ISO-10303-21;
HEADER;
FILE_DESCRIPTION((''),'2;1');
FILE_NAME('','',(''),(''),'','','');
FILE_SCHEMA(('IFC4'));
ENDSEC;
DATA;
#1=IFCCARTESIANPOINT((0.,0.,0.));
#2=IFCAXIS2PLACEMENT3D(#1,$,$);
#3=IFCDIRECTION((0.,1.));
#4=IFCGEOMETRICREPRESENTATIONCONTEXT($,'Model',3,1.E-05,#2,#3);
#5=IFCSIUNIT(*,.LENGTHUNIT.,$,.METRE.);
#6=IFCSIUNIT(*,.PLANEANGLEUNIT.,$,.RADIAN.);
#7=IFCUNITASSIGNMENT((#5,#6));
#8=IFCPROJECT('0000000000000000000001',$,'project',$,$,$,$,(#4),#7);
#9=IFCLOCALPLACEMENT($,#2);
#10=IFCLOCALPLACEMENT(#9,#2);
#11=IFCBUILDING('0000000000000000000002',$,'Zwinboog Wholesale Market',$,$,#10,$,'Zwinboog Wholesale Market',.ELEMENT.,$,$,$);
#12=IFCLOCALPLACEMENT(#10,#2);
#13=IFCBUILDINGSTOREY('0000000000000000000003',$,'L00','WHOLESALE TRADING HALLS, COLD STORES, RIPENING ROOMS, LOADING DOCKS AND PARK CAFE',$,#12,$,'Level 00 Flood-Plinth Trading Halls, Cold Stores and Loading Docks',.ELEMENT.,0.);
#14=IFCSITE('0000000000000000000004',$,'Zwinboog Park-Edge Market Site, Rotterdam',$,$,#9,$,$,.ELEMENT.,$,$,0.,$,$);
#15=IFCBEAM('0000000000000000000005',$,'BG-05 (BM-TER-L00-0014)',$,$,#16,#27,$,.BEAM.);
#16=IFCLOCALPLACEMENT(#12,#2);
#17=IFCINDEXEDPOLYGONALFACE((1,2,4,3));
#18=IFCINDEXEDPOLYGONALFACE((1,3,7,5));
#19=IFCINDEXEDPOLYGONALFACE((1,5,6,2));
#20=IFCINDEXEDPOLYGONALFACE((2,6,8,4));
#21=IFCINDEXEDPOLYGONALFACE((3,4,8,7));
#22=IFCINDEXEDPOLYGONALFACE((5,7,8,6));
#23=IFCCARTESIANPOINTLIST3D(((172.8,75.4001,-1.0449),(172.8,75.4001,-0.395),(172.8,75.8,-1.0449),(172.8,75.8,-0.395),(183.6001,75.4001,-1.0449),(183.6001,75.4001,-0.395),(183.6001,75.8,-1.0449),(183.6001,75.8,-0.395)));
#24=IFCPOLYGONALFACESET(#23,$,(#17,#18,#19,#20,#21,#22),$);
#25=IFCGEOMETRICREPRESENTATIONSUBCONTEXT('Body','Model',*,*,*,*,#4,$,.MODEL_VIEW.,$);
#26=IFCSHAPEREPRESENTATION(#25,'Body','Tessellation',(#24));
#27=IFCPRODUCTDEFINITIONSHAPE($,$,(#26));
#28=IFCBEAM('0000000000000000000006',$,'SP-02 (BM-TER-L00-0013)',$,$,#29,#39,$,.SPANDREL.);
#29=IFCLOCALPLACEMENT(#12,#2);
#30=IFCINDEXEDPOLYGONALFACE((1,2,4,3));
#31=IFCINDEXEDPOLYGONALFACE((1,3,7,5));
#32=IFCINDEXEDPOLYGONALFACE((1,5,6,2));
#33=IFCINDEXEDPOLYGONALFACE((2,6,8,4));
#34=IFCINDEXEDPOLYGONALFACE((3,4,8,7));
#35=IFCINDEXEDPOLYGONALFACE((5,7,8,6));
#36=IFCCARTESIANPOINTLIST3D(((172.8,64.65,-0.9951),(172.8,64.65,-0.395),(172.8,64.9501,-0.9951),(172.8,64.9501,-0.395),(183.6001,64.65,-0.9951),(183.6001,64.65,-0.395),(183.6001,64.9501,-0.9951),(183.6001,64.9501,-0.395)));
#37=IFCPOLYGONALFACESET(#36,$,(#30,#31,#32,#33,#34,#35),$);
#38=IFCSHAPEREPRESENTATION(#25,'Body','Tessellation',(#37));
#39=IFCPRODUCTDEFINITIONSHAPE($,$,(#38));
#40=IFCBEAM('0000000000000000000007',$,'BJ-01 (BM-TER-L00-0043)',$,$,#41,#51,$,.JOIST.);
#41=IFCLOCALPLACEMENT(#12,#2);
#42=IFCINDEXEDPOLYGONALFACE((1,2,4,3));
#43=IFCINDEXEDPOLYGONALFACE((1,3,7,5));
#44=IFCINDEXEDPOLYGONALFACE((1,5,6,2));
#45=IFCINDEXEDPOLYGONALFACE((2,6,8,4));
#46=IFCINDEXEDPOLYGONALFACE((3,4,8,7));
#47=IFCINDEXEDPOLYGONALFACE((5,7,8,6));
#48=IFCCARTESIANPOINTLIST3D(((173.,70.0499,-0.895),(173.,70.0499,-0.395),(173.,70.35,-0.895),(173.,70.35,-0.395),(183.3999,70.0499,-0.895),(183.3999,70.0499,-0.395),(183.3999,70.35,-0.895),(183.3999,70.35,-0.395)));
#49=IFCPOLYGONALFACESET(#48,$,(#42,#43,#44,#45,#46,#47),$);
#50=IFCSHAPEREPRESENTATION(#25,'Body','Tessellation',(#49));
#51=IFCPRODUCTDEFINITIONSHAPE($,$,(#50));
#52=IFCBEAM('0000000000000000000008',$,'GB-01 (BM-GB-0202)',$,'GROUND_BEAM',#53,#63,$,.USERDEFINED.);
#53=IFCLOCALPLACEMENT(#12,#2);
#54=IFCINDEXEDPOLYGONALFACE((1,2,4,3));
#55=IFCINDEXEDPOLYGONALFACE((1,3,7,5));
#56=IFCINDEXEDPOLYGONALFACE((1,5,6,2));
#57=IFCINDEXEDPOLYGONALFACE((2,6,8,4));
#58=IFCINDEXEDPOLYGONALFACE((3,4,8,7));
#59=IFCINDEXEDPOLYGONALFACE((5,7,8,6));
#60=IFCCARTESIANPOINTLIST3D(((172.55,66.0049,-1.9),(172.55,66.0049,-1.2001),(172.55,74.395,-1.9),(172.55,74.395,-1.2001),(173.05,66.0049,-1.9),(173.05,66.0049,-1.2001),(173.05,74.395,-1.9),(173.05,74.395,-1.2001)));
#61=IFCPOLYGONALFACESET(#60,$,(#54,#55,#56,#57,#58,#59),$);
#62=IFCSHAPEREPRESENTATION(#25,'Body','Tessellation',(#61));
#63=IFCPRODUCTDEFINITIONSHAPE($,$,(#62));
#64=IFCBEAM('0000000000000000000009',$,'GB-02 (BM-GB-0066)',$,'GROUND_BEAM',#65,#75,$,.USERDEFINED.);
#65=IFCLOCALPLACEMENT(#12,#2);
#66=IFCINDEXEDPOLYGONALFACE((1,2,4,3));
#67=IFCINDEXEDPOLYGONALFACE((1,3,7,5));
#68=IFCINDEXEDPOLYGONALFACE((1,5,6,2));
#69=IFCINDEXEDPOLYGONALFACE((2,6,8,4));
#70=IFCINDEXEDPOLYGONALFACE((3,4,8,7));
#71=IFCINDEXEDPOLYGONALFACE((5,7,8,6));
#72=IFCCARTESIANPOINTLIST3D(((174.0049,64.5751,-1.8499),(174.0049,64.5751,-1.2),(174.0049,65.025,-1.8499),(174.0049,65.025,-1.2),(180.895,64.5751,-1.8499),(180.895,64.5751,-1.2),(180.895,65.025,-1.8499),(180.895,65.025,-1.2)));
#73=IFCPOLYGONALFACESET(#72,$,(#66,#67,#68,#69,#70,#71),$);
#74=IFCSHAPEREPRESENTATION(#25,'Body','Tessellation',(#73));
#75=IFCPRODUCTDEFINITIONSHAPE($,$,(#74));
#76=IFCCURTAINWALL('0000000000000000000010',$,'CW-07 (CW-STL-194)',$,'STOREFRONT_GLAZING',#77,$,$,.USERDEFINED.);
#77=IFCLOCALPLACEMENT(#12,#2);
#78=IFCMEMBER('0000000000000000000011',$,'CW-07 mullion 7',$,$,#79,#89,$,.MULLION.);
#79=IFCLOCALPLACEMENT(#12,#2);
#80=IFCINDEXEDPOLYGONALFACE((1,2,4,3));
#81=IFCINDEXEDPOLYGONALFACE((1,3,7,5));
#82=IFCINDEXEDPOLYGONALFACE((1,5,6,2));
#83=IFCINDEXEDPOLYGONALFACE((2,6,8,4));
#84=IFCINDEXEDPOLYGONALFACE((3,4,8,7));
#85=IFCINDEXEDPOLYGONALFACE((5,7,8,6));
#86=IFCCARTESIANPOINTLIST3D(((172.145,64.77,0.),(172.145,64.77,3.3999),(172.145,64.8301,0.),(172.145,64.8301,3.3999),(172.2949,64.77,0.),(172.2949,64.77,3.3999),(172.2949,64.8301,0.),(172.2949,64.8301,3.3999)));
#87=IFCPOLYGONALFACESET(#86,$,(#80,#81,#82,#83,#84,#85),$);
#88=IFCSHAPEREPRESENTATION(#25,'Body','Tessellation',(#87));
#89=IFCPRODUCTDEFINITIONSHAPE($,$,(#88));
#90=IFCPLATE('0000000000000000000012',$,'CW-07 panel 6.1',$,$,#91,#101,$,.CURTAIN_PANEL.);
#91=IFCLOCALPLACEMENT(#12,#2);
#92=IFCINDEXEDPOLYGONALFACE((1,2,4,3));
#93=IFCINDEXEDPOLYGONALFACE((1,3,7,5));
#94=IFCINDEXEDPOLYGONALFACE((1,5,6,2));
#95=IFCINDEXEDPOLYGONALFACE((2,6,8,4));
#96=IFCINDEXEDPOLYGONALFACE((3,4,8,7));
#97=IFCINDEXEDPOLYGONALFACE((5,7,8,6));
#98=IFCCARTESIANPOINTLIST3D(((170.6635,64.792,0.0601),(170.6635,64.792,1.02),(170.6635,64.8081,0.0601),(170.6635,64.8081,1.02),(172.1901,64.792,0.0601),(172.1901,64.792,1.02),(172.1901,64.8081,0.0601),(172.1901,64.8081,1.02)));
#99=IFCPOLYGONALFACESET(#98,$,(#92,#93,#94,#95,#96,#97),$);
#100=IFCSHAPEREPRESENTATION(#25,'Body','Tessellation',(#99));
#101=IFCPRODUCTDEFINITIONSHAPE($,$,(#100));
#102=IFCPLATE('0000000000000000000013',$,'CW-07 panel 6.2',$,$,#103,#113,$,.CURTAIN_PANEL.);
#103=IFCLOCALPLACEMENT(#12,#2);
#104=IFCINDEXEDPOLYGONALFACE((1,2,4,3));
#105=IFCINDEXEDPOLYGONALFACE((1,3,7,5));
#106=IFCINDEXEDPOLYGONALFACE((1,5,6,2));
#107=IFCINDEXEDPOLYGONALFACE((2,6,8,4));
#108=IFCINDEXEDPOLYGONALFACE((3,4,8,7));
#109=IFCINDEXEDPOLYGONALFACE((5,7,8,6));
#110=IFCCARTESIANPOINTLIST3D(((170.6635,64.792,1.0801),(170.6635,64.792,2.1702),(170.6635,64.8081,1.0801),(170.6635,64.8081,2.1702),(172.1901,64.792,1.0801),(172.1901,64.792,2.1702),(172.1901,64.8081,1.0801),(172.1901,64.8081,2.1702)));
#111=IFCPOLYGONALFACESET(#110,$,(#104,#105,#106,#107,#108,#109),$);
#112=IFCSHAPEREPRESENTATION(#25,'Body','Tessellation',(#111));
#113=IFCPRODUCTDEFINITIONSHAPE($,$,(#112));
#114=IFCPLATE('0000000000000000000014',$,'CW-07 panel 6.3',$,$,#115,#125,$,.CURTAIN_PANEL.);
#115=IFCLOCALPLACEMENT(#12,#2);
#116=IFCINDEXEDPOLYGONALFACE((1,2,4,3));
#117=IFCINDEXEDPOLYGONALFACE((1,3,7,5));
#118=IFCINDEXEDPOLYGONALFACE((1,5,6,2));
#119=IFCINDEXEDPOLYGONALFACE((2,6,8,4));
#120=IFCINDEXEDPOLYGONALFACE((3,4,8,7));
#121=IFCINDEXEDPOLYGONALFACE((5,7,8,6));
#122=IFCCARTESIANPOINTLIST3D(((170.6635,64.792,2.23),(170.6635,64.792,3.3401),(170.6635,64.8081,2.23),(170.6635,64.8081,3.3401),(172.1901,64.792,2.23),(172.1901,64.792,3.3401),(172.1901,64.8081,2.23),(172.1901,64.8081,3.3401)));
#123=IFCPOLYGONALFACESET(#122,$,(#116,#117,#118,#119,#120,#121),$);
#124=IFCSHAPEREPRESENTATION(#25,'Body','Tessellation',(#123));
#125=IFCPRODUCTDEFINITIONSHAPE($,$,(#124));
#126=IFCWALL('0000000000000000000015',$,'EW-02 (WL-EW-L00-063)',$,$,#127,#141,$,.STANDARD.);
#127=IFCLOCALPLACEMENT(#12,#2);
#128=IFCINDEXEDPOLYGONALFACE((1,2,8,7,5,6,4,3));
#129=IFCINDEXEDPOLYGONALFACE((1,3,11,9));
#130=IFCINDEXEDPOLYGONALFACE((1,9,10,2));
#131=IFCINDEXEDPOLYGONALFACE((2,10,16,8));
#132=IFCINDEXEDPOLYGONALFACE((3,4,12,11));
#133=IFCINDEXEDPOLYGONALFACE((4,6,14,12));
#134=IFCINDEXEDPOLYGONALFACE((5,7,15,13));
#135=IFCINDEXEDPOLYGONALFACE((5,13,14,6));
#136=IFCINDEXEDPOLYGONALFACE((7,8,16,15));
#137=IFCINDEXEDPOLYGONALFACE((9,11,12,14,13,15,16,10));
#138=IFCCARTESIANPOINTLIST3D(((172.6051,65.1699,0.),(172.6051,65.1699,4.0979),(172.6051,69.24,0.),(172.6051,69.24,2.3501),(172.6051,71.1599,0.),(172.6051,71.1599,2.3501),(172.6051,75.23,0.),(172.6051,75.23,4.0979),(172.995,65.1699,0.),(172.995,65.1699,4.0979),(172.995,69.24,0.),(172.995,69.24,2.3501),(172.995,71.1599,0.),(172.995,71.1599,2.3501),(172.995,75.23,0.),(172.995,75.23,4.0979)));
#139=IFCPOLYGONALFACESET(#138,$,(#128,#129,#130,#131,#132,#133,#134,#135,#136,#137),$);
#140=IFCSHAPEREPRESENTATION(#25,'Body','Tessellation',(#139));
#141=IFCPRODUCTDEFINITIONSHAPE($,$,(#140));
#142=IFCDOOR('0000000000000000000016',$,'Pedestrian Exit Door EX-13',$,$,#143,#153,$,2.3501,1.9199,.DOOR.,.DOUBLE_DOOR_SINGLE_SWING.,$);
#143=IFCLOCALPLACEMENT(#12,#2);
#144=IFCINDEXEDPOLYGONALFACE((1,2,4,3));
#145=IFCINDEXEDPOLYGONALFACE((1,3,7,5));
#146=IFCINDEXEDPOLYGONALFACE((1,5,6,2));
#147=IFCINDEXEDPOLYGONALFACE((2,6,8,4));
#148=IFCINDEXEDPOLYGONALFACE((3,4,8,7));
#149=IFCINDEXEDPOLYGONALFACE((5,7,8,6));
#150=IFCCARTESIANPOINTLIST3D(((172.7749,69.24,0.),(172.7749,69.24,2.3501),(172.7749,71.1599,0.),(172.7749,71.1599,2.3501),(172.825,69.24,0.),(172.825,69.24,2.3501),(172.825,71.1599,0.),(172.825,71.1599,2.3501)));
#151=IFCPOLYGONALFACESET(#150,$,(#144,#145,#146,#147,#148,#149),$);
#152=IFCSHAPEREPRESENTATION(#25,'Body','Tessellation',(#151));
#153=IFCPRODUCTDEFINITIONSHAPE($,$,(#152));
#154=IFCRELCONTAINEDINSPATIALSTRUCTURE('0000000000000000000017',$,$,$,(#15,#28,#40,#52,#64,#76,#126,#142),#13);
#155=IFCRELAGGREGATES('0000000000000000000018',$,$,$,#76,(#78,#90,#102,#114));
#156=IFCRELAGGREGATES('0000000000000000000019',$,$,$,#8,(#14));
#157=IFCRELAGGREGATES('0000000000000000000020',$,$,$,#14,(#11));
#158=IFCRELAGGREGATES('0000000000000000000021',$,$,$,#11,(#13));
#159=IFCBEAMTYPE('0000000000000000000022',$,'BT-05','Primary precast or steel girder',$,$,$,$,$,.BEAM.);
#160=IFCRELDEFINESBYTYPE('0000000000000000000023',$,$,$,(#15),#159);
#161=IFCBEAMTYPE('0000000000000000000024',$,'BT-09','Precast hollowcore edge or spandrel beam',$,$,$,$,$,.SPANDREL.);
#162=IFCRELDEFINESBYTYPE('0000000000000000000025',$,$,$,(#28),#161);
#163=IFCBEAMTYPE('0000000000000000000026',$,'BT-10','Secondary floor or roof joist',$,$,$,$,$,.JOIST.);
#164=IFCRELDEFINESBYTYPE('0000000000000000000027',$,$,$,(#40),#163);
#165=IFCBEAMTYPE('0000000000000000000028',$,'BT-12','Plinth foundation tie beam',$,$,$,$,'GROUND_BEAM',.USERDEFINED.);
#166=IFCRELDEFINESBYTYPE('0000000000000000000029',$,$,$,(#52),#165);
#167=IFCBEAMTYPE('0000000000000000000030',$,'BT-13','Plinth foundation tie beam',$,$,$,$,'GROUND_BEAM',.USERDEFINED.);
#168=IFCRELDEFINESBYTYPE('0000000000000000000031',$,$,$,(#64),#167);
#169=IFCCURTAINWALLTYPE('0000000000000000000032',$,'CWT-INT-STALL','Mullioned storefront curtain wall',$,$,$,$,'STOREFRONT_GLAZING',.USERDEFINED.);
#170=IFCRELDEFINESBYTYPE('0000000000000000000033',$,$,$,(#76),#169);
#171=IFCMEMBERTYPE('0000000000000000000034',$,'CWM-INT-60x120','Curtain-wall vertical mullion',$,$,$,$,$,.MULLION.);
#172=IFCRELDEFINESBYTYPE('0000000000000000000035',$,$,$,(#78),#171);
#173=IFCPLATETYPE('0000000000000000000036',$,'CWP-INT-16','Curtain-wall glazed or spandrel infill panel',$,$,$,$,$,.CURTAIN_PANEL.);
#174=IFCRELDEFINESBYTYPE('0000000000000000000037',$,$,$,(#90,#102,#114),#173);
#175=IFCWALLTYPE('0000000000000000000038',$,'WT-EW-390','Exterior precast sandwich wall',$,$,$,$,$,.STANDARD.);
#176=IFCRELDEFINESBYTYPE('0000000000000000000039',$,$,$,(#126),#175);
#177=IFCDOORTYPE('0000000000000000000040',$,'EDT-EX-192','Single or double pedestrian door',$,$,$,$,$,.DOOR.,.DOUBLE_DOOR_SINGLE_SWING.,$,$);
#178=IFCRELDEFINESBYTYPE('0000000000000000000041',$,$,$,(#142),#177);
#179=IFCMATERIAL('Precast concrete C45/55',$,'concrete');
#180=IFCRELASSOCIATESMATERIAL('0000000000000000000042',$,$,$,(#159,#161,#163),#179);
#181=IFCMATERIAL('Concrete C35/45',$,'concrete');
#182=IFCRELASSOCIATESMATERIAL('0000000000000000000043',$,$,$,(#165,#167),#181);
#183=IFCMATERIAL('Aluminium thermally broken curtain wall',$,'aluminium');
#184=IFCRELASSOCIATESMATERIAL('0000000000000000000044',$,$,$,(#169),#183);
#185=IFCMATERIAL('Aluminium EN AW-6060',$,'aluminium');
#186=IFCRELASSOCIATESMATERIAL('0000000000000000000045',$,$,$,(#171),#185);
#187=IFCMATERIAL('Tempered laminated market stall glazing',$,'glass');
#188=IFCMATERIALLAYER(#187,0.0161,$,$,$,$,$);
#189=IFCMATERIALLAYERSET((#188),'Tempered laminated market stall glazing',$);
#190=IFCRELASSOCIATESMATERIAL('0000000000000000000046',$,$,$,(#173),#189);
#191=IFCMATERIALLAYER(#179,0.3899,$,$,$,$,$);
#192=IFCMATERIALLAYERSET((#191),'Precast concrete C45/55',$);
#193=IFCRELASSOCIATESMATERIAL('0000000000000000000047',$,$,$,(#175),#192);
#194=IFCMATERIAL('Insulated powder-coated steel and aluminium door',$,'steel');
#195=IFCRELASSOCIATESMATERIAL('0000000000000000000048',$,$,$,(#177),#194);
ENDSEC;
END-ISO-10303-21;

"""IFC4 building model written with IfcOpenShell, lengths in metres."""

from ifc_helpers import new_model, si_unit, direction, frame, frame_2d, origin, origin_2d, place, context, subcontext, project, spatial, rectangle, extrude, material, layer, layer_set, material_profile, profile_set, type_object, element, fill, aggregate, save


model = new_model("IFC4")

# Units and contexts
model_context = context("Model", 3, precision=1e-05, world=origin(), true_north=direction((0.0, 1.0)))
body_context = subcontext(model_context, "Body", "Model", "MODEL_VIEW")
ifc_project = project(units=[si_unit("LENGTHUNIT", "METRE"), si_unit("PLANEANGLEUNIT", "RADIAN")], contexts=[model_context])

# Site, building, storey
site_placement = place(None, origin())
site = spatial("IfcSite", under=ifc_project, at=site_placement, Name="Zwinboog Park-Edge Market Site, Rotterdam", CompositionType="ELEMENT", RefElevation=0.0)
building_placement = place(site_placement, origin())
building = spatial("IfcBuilding", under=site, at=building_placement, Name="Zwinboog Wholesale Market", LongName="Zwinboog Wholesale Market", CompositionType="ELEMENT")
storey_placement = place(building_placement, origin())
storey = spatial("IfcBuildingStorey", under=building, at=storey_placement, Name="L00", Description="WHOLESALE TRADING HALLS, COLD STORES, RIPENING ROOMS, LOADING DOCKS AND PARK CAFE", LongName="Level 00 Flood-Plinth Trading Halls, Cold Stores and Loading Docks", CompositionType="ELEMENT", Elevation=0.0)

# Shared definitions
ifc_material_1 = material(Name="Concrete C35/45", Category="concrete")

# Shared definitions
ifc_material_2 = material(Name="Precast concrete C45/55", Category="concrete")

# Beams
ifc_material_profile_1 = material_profile(ifc_material_2, rectangle(XDim=0.3999, YDim=0.6499, at=origin_2d()), Name="PC 400x650")
ifc_profile_set_1 = profile_set([ifc_material_profile_1], Name="Precast concrete C45/55")
beam_type_1 = type_object("IfcBeamType", Name="BT-05", Description="Primary precast or steel girder", PredefinedType="BEAM", material=ifc_profile_set_1)
beam_1_placement = place(storey_placement, frame((172.8, 75.6001, -0.72), z_axis=(1.0, 0.0, 0.0), x_axis=(0.0, 1.0, 0.0)))
element("IfcBeam", 1, at=beam_1_placement, inside=storey, type_object=beam_type_1, Name="BG-05 (BM-TER-L00-0014)", PredefinedType="BEAM", context=body_context, shape_type="SweptSolid", body=[
    extrude(rectangle(XDim=0.3999, YDim=0.6499, at=origin_2d()), origin(), (0.0, 0.0, 1.0), 10.8),
])
ifc_material_profile_2 = material_profile(ifc_material_2, rectangle(XDim=0.3, YDim=0.6001, at=origin_2d()), Name="PC 300x600")
ifc_profile_set_2 = profile_set([ifc_material_profile_2], Name="Precast concrete C45/55")
beam_type_2 = type_object("IfcBeamType", Name="BT-09", Description="Precast hollowcore edge or spandrel beam", PredefinedType="SPANDREL", material=ifc_profile_set_2)
beam_2_placement = place(storey_placement, frame((172.8, 64.8, -0.6951), z_axis=(1.0, 0.0, 0.0), x_axis=(0.0, 1.0, 0.0)))
element("IfcBeam", 2, at=beam_2_placement, inside=storey, type_object=beam_type_2, Name="SP-02 (BM-TER-L00-0013)", PredefinedType="SPANDREL", context=body_context, shape_type="SweptSolid", body=[
    extrude(rectangle(XDim=0.3, YDim=0.6001, at=origin_2d()), origin(), (0.0, 0.0, 1.0), 10.8),
])
ifc_material_profile_3 = material_profile(ifc_material_2, rectangle(XDim=0.3, YDim=0.5, at=origin_2d()), Name="PC 300x500")
ifc_profile_set_3 = profile_set([ifc_material_profile_3], Name="Precast concrete C45/55")
beam_type_3 = type_object("IfcBeamType", Name="BT-10", Description="Secondary floor or roof joist", PredefinedType="JOIST", material=ifc_profile_set_3)
beam_3_placement = place(storey_placement, frame((173.0, 70.2, -0.645), z_axis=(1.0, 0.0, 0.0), x_axis=(0.0, 1.0, 0.0)))
element("IfcBeam", 3, at=beam_3_placement, inside=storey, type_object=beam_type_3, Name="BJ-01 (BM-TER-L00-0043)", PredefinedType="JOIST", context=body_context, shape_type="SweptSolid", body=[
    extrude(rectangle(XDim=0.3, YDim=0.5, at=origin_2d()), origin(), (0.0, 0.0, 1.0), 10.3999),
])
ifc_material_profile_4 = material_profile(ifc_material_1, rectangle(XDim=0.5, YDim=0.7, at=origin_2d()), Name="RC 500x700")
ifc_profile_set_4 = profile_set([ifc_material_profile_4], Name="Concrete C35/45")
beam_type_4 = type_object("IfcBeamType", Name="BT-12", Description="Plinth foundation tie beam", ElementType="GROUND_BEAM", PredefinedType="USERDEFINED", material=ifc_profile_set_4)
beam_4_placement = place(storey_placement, frame((172.8, 66.0049, -1.55), z_axis=(0.0, 1.0, 0.0), x_axis=(-1.0, 0.0, 0.0)))
element("IfcBeam", 4, at=beam_4_placement, inside=storey, type_object=beam_type_4, Name="GB-01 (BM-GB-0202)", ObjectType="GROUND_BEAM", PredefinedType="USERDEFINED", context=body_context, shape_type="SweptSolid", body=[
    extrude(rectangle(XDim=0.5, YDim=0.7, at=origin_2d()), origin(), (0.0, 0.0, 1.0), 8.3901),
])
ifc_material_profile_5 = material_profile(ifc_material_1, rectangle(XDim=0.45, YDim=0.6499, at=origin_2d()), Name="RC 450x650")
ifc_profile_set_5 = profile_set([ifc_material_profile_5], Name="Concrete C35/45")
beam_type_5 = type_object("IfcBeamType", Name="BT-13", Description="Plinth foundation tie beam", ElementType="GROUND_BEAM", PredefinedType="USERDEFINED", material=ifc_profile_set_5)
beam_5_placement = place(storey_placement, frame((174.0049, 64.8, -1.5249), z_axis=(1.0, 0.0, 0.0), x_axis=(0.0, 1.0, 0.0)))
element("IfcBeam", 5, at=beam_5_placement, inside=storey, type_object=beam_type_5, Name="GB-02 (BM-GB-0066)", ObjectType="GROUND_BEAM", PredefinedType="USERDEFINED", context=body_context, shape_type="SweptSolid", body=[
    extrude(rectangle(XDim=0.45, YDim=0.6499, at=origin_2d()), origin(), (0.0, 0.0, 1.0), 6.8901),
])

# Curtain wall, member, plates
ifc_material_3 = material(Name="Aluminium thermally broken curtain wall", Category="aluminium")
curtain_wall_type = type_object("IfcCurtainWallType", Name="CWT-INT-STALL", Description="Mullioned storefront curtain wall", ElementType="STOREFRONT_GLAZING", PredefinedType="USERDEFINED", material=ifc_material_3)
curtain_wall_placement = place(storey_placement, origin())
curtain_wall = element("IfcCurtainWall", 6, at=curtain_wall_placement, inside=storey, type_object=curtain_wall_type, Name="CW-07 (CW-STL-194)", ObjectType="STOREFRONT_GLAZING", PredefinedType="USERDEFINED")
ifc_material_4 = material(Name="Aluminium EN AW-6060", Category="aluminium")
ifc_material_profile_6 = material_profile(ifc_material_4, rectangle(XDim=0.0601, YDim=0.1499, at=origin_2d()), Name="AL 60x150")
ifc_profile_set_6 = profile_set([ifc_material_profile_6], Name="Aluminium EN AW-6060")
member_type = type_object("IfcMemberType", Name="CWM-INT-60x120", Description="Curtain-wall vertical mullion", PredefinedType="MULLION", material=ifc_profile_set_6)
member_placement = place(storey_placement, frame((172.22, 64.8, 0.0), z_axis=(0.0, 0.0, 1.0), x_axis=(0.0, 1.0, 0.0)))
member = element("IfcMember", 7, at=member_placement, type_object=member_type, Name="CW-07 mullion 7", PredefinedType="MULLION", context=body_context, shape_type="SweptSolid", body=[
    extrude(rectangle(XDim=0.0601, YDim=0.1499, at=origin_2d()), origin(), (0.0, 0.0, 1.0), 3.3999),
])
ifc_material_5 = material(Name="Tempered laminated market stall glazing", Category="glass")
ifc_layer_1 = layer(ifc_material_5, 0.0161)
ifc_layer_set_1 = layer_set([ifc_layer_1], Name="Tempered laminated market stall glazing")
plate_type = type_object("IfcPlateType", Name="CWP-INT-16", Description="Curtain-wall glazed or spandrel infill panel", PredefinedType="CURTAIN_PANEL", material=ifc_layer_set_1)
plate_1_placement = place(storey_placement, frame((171.4268, 64.8, 0.0601), z_axis=(0.0, 0.0, 1.0), x_axis=(1.0, 0.0, 0.0)))
plate_1 = element("IfcPlate", 8, at=plate_1_placement, type_object=plate_type, Name="CW-07 panel 6.1", PredefinedType="CURTAIN_PANEL", context=body_context, shape_type="SweptSolid", body=[
    extrude(rectangle(XDim=1.5266, YDim=0.0161, at=origin_2d()), origin(), (0.0, 0.0, 1.0), 0.96),
])
plate_2_placement = place(storey_placement, frame((171.4268, 64.8, 1.0801), z_axis=(0.0, 0.0, 1.0), x_axis=(1.0, 0.0, 0.0)))
plate_2 = element("IfcPlate", 9, at=plate_2_placement, type_object=plate_type, Name="CW-07 panel 6.2", PredefinedType="CURTAIN_PANEL", context=body_context, shape_type="SweptSolid", body=[
    extrude(rectangle(XDim=1.5266, YDim=0.0161, at=origin_2d()), origin(), (0.0, 0.0, 1.0), 1.0901),
])
plate_3_placement = place(storey_placement, frame((171.4268, 64.8, 2.23), z_axis=(0.0, 0.0, 1.0), x_axis=(1.0, 0.0, 0.0)))
plate_3 = element("IfcPlate", 10, at=plate_3_placement, type_object=plate_type, Name="CW-07 panel 6.3", PredefinedType="CURTAIN_PANEL", context=body_context, shape_type="SweptSolid", body=[
    extrude(rectangle(XDim=1.5266, YDim=0.0161, at=origin_2d()), origin(), (0.0, 0.0, 1.0), 1.1101),
])
aggregate(curtain_wall, [member, plate_1, plate_2, plate_3])

# Wall, opening, door
ifc_material_6 = material(Name="Insulated powder-coated steel and aluminium door", Category="steel")
ifc_layer_2 = layer(ifc_material_2, 0.3899)
ifc_layer_set_2 = layer_set([ifc_layer_2], Name="Precast concrete C45/55")
wall_type_1 = type_object("IfcWallType", Name="WT-EW-390", Description="Exterior precast sandwich wall", PredefinedType="STANDARD", material=ifc_layer_set_2)
wall_1_placement = place(storey_placement, frame((172.8, 65.1699, 0.0), z_axis=(0.0, 0.0, 1.0), x_axis=(0.0, 1.0, 0.0)))
wall_1 = element("IfcWall", 11, at=wall_1_placement, inside=storey, type_object=wall_type_1, Name="EW-02 (WL-EW-L00-063)", PredefinedType="STANDARD", context=body_context, shape_type="SweptSolid", body=[
    extrude(rectangle(XDim=10.0601, YDim=0.3899, at=frame_2d((5.03, 0.0))), origin(), (0.0, 0.0, 1.0), 4.0979),
])
opening_1_placement = place(wall_1_placement, frame((4.0701, 0.0, 0.0)))
opening_1 = element("IfcOpeningElement", 12, at=opening_1_placement, cuts=wall_1, PredefinedType="OPENING", context=body_context, shape_type="SweptSolid", body=[
    extrude(rectangle(XDim=1.9199, YDim=2.3501, at=frame_2d((0.96, 1.175))), frame((0.0, 0.2048, 0.0), z_axis=(0.0, -1.0, 0.0), x_axis=(1.0, 0.0, 0.0)), (0.0, 0.0, 1.0), 0.4099),
])
door_type_1 = type_object("IfcDoorType", Name="EDT-EX-192", Description="Single or double pedestrian door", OperationType="DOUBLE_DOOR_SINGLE_SWING", PredefinedType="DOOR", material=ifc_material_6)
door_1_placement = place(opening_1_placement, frame((1.9199, 0.0, 0.0), z_axis=(0.0, 0.0, 1.0), x_axis=(-1.0, 0.0, 0.0)))
door_1 = element("IfcDoor", 13, at=door_1_placement, inside=storey, type_object=door_type_1, Name="Pedestrian Exit Door EX-13", OperationType="DOUBLE_DOOR_SINGLE_SWING", OverallHeight=2.3501, OverallWidth=1.9199, PredefinedType="DOOR", context=body_context, shape_type="SweptSolid", body=[
    extrude(rectangle(XDim=1.9199, YDim=2.3501, at=frame_2d((0.96, 1.175))), frame((0.0, 0.0249, 0.0), z_axis=(0.0, -1.0, 0.0), x_axis=(1.0, 0.0, 0.0)), (0.0, 0.0, 1.0), 0.05),
])
fill(opening_1, door_1)

save(model, "model.ifc")
